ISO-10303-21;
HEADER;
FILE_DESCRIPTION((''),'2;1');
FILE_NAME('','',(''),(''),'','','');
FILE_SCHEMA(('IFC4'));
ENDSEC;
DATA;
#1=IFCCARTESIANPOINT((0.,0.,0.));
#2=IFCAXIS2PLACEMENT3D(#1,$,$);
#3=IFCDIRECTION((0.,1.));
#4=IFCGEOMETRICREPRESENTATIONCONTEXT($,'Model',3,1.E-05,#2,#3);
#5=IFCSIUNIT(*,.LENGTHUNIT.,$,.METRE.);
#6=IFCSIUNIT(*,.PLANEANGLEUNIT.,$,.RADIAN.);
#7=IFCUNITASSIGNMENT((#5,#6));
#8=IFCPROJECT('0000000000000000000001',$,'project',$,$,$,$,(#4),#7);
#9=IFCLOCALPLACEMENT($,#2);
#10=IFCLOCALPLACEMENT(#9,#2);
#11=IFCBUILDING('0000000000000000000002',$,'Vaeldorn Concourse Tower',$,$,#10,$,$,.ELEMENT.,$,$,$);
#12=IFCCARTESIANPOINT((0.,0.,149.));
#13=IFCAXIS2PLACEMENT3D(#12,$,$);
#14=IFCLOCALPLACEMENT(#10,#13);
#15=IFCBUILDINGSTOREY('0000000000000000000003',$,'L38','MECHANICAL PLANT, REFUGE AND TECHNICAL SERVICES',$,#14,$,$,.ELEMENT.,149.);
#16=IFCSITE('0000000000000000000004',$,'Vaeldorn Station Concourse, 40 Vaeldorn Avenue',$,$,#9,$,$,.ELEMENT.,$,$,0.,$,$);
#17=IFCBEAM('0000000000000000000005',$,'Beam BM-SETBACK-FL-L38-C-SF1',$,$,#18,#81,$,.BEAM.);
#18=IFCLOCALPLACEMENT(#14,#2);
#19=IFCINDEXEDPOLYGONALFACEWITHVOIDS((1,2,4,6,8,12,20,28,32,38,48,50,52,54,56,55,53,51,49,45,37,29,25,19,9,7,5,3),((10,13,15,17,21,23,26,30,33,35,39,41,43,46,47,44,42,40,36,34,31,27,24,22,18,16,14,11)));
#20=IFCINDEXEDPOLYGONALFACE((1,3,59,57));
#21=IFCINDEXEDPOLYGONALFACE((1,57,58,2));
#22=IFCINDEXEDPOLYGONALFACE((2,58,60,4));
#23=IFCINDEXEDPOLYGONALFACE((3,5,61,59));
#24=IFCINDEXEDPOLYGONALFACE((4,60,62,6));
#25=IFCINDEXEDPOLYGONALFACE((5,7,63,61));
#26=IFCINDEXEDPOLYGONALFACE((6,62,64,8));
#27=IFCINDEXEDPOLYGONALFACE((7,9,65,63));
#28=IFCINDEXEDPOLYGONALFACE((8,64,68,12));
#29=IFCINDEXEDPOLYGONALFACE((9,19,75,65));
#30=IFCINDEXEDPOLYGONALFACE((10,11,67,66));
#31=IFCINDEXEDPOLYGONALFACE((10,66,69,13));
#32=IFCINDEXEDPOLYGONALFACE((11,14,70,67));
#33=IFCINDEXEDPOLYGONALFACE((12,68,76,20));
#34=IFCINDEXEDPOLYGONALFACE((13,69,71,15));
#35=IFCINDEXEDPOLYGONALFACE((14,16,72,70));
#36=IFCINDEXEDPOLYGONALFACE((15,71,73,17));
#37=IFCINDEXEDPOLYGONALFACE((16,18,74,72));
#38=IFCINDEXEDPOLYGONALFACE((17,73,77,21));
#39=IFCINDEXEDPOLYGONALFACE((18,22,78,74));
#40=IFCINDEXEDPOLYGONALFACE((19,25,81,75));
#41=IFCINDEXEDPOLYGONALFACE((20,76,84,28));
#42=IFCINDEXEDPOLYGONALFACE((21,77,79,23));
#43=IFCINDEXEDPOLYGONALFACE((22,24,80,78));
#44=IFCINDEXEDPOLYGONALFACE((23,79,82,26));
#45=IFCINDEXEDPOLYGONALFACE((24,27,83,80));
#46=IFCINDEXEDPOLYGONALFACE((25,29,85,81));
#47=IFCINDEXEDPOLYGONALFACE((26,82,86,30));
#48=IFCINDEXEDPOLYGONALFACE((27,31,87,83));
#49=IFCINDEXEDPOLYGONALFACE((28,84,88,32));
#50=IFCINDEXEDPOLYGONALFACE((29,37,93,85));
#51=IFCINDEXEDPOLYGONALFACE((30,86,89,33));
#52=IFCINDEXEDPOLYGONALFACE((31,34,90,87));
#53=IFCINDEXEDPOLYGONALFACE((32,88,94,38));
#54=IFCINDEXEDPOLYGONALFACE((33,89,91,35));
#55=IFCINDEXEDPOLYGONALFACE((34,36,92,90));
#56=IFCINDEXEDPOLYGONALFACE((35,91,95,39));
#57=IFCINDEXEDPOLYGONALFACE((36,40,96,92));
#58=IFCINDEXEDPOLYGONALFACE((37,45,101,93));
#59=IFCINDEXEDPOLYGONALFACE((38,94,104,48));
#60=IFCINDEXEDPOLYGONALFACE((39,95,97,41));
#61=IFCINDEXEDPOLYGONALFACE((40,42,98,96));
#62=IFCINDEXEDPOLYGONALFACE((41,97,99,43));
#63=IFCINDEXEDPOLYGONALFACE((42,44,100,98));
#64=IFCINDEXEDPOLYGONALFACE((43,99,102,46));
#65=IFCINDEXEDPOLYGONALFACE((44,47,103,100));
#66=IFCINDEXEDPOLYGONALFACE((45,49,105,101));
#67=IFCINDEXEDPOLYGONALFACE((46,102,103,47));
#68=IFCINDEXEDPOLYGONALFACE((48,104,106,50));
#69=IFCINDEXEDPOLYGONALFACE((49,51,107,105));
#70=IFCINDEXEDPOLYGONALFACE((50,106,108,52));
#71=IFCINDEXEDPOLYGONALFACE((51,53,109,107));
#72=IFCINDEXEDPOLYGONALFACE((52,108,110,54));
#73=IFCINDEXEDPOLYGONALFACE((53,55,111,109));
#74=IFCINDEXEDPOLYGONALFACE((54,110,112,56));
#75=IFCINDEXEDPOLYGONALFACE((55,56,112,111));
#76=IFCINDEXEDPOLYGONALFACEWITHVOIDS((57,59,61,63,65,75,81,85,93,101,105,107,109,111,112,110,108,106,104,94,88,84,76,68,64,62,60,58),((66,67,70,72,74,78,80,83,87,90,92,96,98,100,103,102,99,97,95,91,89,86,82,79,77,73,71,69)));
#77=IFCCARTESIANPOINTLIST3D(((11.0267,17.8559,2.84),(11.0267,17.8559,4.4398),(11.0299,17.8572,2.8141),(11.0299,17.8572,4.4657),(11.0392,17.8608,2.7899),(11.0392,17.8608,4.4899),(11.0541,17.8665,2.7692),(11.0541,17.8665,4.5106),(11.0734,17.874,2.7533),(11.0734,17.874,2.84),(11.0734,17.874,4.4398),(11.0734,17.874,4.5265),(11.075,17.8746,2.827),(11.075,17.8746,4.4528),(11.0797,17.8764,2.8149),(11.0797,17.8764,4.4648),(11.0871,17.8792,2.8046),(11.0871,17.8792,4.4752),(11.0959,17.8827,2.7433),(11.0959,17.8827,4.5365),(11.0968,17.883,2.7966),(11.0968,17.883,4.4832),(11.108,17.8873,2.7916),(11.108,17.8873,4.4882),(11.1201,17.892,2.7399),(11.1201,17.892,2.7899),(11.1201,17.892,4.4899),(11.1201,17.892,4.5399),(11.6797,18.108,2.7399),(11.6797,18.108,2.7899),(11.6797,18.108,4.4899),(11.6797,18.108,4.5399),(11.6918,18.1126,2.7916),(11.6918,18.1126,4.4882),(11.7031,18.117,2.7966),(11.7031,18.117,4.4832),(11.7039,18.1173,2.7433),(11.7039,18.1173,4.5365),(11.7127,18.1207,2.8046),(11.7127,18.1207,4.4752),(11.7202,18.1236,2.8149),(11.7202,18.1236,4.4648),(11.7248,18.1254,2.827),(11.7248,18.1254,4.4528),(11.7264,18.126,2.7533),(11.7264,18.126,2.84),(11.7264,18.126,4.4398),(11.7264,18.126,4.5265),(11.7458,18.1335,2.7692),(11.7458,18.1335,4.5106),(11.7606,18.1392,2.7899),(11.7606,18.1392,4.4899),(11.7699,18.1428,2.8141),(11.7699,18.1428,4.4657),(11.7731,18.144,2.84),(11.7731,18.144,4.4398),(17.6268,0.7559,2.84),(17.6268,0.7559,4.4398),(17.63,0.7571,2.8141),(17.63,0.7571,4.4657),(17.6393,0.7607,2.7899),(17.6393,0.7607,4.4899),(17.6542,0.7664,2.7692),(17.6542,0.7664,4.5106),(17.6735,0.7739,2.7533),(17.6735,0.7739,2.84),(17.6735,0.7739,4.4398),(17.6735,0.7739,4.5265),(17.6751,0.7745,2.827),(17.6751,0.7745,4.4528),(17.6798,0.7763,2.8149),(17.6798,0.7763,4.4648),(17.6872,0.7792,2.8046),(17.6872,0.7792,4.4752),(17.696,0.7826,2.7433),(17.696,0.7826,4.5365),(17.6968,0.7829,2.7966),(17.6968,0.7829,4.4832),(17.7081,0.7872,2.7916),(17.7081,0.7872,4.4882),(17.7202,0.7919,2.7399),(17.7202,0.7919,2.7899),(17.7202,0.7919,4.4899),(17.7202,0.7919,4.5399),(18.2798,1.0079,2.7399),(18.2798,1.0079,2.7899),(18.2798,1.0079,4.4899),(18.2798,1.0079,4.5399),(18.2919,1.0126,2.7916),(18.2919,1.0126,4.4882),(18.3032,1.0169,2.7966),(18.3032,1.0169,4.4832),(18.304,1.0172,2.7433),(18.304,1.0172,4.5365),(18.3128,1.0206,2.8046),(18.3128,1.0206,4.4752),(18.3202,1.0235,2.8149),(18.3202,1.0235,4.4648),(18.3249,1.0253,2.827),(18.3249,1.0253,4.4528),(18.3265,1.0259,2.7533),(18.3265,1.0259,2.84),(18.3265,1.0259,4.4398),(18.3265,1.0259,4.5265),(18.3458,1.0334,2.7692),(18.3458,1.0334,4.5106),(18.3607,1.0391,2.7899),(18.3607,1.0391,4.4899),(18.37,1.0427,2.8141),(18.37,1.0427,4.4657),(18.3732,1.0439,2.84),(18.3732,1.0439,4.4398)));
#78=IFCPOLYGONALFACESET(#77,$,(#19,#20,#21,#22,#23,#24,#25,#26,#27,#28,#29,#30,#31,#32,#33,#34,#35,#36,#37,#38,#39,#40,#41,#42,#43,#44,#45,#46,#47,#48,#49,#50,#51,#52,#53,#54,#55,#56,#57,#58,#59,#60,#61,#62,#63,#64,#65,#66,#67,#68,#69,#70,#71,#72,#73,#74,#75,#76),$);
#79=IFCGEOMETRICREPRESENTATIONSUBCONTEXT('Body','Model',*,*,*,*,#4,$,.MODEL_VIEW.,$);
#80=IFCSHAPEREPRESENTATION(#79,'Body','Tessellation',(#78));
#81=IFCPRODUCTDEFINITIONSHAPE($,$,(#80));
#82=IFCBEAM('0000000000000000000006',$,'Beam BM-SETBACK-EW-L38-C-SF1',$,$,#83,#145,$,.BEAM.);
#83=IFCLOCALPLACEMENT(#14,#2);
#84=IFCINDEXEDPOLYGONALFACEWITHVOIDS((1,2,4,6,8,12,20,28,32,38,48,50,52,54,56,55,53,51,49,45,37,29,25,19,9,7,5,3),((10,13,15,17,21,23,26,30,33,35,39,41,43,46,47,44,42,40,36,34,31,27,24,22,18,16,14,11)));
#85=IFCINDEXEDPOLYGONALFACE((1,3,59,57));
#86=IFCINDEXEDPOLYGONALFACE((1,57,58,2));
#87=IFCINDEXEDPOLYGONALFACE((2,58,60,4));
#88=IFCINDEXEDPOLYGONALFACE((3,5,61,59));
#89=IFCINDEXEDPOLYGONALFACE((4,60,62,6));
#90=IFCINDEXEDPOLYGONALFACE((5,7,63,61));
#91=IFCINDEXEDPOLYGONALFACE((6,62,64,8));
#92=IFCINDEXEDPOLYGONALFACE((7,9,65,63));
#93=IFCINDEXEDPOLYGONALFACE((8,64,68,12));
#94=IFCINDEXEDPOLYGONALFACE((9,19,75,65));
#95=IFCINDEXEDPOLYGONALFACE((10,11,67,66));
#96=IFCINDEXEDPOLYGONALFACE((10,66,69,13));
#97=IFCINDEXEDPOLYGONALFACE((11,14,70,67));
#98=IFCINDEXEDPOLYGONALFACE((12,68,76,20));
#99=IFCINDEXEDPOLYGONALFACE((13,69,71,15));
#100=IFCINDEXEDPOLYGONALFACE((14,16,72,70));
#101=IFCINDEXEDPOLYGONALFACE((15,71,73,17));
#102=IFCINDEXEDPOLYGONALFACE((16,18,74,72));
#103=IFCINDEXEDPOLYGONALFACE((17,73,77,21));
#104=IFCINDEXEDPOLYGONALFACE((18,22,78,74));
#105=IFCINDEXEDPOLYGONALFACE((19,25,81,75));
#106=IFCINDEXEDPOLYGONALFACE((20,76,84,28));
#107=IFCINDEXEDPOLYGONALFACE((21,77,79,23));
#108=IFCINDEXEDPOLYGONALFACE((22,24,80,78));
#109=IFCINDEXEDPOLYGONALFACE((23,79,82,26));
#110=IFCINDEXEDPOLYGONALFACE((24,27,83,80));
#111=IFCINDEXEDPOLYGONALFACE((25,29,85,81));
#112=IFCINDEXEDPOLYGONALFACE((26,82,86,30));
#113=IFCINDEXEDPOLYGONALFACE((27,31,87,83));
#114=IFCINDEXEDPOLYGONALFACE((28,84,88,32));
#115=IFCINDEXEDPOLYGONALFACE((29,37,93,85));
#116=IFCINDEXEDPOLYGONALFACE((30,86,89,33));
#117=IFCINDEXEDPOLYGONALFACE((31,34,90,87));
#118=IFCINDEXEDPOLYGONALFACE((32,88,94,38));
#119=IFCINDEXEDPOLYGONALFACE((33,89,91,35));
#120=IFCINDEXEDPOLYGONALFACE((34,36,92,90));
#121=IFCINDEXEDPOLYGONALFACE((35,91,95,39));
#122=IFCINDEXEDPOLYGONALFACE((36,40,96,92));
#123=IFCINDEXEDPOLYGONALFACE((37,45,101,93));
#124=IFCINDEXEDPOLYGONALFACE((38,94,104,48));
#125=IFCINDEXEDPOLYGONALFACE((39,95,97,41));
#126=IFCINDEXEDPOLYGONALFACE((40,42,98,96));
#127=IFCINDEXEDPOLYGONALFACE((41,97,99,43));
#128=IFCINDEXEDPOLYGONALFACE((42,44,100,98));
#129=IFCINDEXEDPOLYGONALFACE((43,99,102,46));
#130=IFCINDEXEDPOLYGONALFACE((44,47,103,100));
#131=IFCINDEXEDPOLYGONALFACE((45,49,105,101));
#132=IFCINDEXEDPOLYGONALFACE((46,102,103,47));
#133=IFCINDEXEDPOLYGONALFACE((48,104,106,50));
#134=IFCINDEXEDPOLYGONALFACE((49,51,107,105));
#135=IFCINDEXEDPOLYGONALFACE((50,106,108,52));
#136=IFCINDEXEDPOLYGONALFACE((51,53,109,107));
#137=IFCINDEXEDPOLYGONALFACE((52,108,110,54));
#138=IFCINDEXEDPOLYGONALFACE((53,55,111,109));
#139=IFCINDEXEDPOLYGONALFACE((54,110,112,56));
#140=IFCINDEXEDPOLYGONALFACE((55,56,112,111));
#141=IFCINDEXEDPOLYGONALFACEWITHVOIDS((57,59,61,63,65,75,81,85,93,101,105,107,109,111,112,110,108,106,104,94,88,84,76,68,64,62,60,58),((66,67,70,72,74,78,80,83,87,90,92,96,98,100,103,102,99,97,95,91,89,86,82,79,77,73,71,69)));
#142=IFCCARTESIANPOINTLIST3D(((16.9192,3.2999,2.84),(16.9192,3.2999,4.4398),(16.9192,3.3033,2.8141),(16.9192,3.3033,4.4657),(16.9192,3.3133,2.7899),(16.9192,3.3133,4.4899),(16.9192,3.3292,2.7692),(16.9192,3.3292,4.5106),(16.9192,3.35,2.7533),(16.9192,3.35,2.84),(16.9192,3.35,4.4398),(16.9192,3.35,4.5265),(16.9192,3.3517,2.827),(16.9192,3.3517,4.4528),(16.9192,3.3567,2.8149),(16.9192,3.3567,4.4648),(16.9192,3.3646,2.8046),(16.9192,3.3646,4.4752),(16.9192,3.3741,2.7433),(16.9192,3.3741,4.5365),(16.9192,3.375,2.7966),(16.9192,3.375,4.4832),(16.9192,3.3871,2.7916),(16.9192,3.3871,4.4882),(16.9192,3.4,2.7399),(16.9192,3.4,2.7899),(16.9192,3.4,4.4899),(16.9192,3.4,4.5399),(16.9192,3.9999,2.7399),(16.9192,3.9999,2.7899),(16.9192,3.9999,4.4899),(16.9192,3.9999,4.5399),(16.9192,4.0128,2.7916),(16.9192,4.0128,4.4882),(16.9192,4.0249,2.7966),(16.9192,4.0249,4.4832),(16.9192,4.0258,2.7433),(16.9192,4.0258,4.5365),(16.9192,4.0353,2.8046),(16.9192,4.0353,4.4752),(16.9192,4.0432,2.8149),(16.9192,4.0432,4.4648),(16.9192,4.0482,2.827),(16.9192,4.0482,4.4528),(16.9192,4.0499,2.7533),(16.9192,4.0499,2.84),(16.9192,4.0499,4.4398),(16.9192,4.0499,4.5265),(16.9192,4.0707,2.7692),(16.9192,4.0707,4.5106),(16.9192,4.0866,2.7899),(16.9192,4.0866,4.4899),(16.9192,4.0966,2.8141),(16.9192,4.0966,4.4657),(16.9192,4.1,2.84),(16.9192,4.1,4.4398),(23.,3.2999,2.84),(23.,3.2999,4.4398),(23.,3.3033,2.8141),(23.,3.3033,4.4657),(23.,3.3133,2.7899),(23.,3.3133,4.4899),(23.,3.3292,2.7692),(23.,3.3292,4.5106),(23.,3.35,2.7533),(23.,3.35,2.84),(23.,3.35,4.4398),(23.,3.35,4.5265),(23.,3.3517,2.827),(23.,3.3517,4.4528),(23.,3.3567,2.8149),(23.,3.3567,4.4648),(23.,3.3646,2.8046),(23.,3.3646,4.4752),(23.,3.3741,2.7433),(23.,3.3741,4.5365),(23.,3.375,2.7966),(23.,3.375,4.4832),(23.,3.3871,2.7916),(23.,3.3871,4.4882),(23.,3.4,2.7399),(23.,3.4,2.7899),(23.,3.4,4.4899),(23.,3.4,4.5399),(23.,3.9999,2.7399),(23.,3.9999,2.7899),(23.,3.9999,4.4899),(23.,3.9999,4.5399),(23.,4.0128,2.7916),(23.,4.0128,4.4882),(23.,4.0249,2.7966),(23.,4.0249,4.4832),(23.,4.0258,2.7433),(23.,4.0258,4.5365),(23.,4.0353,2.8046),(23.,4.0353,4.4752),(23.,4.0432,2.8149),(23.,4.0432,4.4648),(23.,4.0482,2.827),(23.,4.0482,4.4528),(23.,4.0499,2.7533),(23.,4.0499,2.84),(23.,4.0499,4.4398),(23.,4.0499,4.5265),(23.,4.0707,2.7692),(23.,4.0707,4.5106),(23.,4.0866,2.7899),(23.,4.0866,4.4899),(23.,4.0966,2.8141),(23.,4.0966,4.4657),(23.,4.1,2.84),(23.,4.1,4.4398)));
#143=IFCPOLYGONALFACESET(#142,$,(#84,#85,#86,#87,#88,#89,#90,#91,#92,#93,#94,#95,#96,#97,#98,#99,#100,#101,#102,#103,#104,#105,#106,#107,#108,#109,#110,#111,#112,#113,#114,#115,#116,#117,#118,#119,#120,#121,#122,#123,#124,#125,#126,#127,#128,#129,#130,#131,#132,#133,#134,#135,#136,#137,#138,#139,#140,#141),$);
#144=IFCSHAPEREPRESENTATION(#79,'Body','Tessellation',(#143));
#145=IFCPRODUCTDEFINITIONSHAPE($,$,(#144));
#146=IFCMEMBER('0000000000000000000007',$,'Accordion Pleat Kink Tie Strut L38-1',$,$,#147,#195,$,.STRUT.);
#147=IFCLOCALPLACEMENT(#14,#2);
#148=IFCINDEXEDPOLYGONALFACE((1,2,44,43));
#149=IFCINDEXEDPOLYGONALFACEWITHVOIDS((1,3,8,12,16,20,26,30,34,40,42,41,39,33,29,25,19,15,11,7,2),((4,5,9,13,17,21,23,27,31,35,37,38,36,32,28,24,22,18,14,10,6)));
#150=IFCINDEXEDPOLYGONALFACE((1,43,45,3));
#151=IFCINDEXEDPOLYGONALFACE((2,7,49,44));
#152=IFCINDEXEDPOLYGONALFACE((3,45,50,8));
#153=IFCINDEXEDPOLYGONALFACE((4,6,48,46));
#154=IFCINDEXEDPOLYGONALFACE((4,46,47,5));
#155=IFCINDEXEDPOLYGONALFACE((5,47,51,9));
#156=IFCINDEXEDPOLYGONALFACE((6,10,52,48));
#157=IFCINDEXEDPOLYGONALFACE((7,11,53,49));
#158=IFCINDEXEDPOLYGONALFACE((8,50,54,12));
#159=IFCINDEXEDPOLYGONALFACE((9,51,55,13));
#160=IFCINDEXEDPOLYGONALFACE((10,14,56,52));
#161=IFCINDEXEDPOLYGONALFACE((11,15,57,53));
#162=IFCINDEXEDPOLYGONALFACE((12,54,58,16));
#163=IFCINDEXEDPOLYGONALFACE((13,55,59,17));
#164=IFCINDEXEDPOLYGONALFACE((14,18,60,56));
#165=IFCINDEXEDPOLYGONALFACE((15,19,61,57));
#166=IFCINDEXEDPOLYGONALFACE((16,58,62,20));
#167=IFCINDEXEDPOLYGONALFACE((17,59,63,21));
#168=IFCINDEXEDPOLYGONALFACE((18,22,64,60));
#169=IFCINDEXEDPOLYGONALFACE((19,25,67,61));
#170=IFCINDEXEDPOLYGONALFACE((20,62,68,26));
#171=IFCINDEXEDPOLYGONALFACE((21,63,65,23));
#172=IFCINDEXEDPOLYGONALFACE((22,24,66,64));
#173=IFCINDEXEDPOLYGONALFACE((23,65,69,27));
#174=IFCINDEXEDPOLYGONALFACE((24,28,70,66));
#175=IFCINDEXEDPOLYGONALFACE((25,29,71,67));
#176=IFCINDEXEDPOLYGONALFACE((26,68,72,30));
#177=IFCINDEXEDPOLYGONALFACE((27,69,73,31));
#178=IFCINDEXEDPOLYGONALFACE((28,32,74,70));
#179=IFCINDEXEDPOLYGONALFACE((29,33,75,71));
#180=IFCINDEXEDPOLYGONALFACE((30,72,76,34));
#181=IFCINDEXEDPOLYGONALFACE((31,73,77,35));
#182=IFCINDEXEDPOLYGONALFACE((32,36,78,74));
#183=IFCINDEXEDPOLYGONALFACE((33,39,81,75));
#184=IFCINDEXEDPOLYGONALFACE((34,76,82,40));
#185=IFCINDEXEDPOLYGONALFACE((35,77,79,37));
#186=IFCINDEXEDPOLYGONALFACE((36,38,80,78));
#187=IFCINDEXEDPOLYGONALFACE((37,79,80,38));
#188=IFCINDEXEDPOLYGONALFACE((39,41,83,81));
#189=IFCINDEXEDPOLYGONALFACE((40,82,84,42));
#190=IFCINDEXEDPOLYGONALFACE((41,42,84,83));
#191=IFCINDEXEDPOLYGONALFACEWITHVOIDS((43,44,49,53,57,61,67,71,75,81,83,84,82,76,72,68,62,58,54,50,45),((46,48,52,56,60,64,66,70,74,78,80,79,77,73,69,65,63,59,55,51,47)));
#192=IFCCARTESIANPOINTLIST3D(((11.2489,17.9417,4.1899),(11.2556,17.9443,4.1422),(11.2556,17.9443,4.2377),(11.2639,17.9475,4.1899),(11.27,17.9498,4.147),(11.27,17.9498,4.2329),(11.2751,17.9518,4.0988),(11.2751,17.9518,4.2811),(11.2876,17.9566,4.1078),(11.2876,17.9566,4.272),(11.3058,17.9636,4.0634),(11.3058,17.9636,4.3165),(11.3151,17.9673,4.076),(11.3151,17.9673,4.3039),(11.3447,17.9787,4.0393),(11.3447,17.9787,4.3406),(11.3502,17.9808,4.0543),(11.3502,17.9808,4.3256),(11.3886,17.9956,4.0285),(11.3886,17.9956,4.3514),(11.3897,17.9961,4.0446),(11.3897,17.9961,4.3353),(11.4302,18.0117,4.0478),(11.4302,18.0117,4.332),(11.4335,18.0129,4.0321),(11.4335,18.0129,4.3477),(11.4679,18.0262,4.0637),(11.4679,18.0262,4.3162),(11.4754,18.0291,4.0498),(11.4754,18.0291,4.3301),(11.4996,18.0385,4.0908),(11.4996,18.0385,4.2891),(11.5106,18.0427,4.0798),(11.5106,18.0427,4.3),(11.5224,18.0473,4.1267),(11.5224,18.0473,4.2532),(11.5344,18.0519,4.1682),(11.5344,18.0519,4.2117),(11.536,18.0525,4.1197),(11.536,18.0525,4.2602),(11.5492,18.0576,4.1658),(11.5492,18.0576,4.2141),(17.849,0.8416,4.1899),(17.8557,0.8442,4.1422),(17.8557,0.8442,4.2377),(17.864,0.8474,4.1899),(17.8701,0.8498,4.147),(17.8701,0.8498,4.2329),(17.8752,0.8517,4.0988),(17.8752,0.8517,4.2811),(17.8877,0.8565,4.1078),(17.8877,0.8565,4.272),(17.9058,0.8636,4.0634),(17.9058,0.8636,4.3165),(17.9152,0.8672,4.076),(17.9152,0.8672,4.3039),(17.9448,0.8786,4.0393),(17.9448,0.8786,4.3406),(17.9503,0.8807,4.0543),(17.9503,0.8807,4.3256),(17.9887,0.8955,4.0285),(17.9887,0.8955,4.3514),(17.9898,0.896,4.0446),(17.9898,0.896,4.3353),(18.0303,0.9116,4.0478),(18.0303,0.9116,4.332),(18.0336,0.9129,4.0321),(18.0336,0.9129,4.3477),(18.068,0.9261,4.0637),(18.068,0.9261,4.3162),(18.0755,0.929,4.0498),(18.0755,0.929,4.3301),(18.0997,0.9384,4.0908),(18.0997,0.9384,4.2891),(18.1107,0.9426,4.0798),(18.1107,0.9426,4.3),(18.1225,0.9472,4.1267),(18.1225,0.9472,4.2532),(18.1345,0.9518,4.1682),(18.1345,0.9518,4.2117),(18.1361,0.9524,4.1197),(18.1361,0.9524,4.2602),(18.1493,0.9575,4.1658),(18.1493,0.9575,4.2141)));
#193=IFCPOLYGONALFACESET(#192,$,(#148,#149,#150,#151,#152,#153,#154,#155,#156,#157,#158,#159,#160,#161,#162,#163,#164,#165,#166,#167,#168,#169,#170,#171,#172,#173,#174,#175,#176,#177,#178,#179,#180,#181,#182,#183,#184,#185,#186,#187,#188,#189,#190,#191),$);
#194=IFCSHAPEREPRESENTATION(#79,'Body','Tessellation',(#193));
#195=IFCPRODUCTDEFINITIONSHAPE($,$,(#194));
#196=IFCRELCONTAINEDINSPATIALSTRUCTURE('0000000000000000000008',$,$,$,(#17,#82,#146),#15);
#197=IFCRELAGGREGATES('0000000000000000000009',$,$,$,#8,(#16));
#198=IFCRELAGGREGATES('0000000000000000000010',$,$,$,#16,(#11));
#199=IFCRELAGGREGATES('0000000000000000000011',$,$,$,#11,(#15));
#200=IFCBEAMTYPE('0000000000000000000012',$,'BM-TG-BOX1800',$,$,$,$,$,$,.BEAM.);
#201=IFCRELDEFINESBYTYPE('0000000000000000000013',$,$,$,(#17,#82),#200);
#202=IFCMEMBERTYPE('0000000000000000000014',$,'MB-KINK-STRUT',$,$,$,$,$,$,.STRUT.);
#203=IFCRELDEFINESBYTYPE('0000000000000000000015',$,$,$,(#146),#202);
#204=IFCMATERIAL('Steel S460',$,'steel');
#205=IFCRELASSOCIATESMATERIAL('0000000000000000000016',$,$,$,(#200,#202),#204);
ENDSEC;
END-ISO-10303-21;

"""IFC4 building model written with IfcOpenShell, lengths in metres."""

from ifc_helpers import new_model, si_unit, direction, frame, origin, origin_2d, place, context, subcontext, project, spatial, hollow_rectangle, hollow_circle, extrude, source, transform, mapped, material, material_profile, profile_set, type_object, element, save


model = new_model("IFC4")

# Units and contexts
model_context = context("Model", 3, precision=1e-05, world=origin(), true_north=direction((0.0, 1.0)))
body_context = subcontext(model_context, "Body", "Model", "MODEL_VIEW")
ifc_project = project(units=[si_unit("LENGTHUNIT", "METRE"), si_unit("PLANEANGLEUNIT", "RADIAN")], contexts=[model_context])

# Site, building, storey
site_placement = place(None, origin())
site = spatial("IfcSite", under=ifc_project, at=site_placement, Name="Vaeldorn Station Concourse, 40 Vaeldorn Avenue", CompositionType="ELEMENT", RefElevation=0.0)
building_placement = place(site_placement, origin())
building = spatial("IfcBuilding", under=site, at=building_placement, Name="Vaeldorn Concourse Tower", CompositionType="ELEMENT")
storey_placement = place(building_placement, frame((0.0, 0.0, 149.0)))
storey = spatial("IfcBuildingStorey", under=building, at=storey_placement, Name="L38", Description="MECHANICAL PLANT, REFUGE AND TECHNICAL SERVICES", CompositionType="ELEMENT", Elevation=149.0)

# Shared definitions
ifc_material_1 = material(Name="Steel S460", Category="steel")

# Beams
ifc_material_profile_1 = material_profile(ifc_material_1, hollow_rectangle(XDim=0.8, YDim=1.8, WallThickness=0.05, InnerFilletRadius=0.05, OuterFilletRadius=0.1001, at=origin_2d()), Name="RHS 1800x800x50")
ifc_profile_set_1 = profile_set([ifc_material_profile_1], Name="Steel S460")
beam_type_1 = type_object("IfcBeamType", Name="BM-TG-BOX1800", PredefinedType="BEAM", material=ifc_profile_set_1)
shared_shape_1 = source(origin(), body_context, "Body", "SweptSolid", [
    extrude(hollow_rectangle(XDim=0.8, YDim=1.8, WallThickness=0.05, InnerFilletRadius=0.05, OuterFilletRadius=0.1001, at=origin_2d()), origin(), (0.0, 0.0, 1.0), 18.3296),
])
beam_1_placement = place(storey_placement, frame((18.0, 0.8999, 3.6399), z_axis=(-0.360078, 0.932922, 0.0), x_axis=(-0.932922, -0.360078, 0.0)))
element("IfcBeam", 1, at=beam_1_placement, inside=storey, type_object=beam_type_1, Name="Beam BM-SETBACK-FL-L38-C-SF1", PredefinedType="BEAM", context=body_context, shape_type="MappedRepresentation", body=[
    mapped(shared_shape_1, transform((0.0, 0.0, 0.0), scale=1.0)),
])
shared_shape_2 = source(origin(), body_context, "Body", "SweptSolid", [
    extrude(hollow_rectangle(XDim=0.8, YDim=1.8, WallThickness=0.05, InnerFilletRadius=0.05, OuterFilletRadius=0.1001, at=origin_2d()), origin(), (0.0, 0.0, 1.0), 6.0808),
])
beam_2_placement = place(storey_placement, frame((16.9192, 3.7, 3.6399), z_axis=(1.0, 0.0, 0.0), x_axis=(0.0, 1.0, 0.0)))
element("IfcBeam", 2, at=beam_2_placement, inside=storey, type_object=beam_type_1, Name="Beam BM-SETBACK-EW-L38-C-SF1", PredefinedType="BEAM", context=body_context, shape_type="MappedRepresentation", body=[
    mapped(shared_shape_2, transform((0.0, 0.0, 0.0), scale=1.0)),
])

# Member
ifc_material_profile_2 = material_profile(ifc_material_1, hollow_circle(Radius=0.1619, WallThickness=0.0161, at=origin_2d()), Name="CHS 323.9x16")
ifc_profile_set_2 = profile_set([ifc_material_profile_2], Name="Steel S460")
member_type = type_object("IfcMemberType", Name="MB-KINK-STRUT", PredefinedType="STRUT", material=ifc_profile_set_2)
shared_shape_3 = source(origin(), body_context, "Body", "SweptSolid", [
    extrude(hollow_circle(Radius=0.1619, WallThickness=0.0161, at=origin_2d()), origin(), (0.0, 0.0, 1.0), 18.3296),
])
member_1_placement = place(storey_placement, frame((18.0, 0.8999, 4.1899), z_axis=(-0.360078, 0.932922, 0.0), x_axis=(-0.932922, -0.360078, 0.0)))
element("IfcMember", 3, at=member_1_placement, inside=storey, type_object=member_type, Name="Accordion Pleat Kink Tie Strut L38-1", PredefinedType="STRUT", context=body_context, shape_type="MappedRepresentation", body=[
    mapped(shared_shape_3, transform((0.0, 0.0, 0.0), scale=1.0)),
])

save(model, "model.ifc")
